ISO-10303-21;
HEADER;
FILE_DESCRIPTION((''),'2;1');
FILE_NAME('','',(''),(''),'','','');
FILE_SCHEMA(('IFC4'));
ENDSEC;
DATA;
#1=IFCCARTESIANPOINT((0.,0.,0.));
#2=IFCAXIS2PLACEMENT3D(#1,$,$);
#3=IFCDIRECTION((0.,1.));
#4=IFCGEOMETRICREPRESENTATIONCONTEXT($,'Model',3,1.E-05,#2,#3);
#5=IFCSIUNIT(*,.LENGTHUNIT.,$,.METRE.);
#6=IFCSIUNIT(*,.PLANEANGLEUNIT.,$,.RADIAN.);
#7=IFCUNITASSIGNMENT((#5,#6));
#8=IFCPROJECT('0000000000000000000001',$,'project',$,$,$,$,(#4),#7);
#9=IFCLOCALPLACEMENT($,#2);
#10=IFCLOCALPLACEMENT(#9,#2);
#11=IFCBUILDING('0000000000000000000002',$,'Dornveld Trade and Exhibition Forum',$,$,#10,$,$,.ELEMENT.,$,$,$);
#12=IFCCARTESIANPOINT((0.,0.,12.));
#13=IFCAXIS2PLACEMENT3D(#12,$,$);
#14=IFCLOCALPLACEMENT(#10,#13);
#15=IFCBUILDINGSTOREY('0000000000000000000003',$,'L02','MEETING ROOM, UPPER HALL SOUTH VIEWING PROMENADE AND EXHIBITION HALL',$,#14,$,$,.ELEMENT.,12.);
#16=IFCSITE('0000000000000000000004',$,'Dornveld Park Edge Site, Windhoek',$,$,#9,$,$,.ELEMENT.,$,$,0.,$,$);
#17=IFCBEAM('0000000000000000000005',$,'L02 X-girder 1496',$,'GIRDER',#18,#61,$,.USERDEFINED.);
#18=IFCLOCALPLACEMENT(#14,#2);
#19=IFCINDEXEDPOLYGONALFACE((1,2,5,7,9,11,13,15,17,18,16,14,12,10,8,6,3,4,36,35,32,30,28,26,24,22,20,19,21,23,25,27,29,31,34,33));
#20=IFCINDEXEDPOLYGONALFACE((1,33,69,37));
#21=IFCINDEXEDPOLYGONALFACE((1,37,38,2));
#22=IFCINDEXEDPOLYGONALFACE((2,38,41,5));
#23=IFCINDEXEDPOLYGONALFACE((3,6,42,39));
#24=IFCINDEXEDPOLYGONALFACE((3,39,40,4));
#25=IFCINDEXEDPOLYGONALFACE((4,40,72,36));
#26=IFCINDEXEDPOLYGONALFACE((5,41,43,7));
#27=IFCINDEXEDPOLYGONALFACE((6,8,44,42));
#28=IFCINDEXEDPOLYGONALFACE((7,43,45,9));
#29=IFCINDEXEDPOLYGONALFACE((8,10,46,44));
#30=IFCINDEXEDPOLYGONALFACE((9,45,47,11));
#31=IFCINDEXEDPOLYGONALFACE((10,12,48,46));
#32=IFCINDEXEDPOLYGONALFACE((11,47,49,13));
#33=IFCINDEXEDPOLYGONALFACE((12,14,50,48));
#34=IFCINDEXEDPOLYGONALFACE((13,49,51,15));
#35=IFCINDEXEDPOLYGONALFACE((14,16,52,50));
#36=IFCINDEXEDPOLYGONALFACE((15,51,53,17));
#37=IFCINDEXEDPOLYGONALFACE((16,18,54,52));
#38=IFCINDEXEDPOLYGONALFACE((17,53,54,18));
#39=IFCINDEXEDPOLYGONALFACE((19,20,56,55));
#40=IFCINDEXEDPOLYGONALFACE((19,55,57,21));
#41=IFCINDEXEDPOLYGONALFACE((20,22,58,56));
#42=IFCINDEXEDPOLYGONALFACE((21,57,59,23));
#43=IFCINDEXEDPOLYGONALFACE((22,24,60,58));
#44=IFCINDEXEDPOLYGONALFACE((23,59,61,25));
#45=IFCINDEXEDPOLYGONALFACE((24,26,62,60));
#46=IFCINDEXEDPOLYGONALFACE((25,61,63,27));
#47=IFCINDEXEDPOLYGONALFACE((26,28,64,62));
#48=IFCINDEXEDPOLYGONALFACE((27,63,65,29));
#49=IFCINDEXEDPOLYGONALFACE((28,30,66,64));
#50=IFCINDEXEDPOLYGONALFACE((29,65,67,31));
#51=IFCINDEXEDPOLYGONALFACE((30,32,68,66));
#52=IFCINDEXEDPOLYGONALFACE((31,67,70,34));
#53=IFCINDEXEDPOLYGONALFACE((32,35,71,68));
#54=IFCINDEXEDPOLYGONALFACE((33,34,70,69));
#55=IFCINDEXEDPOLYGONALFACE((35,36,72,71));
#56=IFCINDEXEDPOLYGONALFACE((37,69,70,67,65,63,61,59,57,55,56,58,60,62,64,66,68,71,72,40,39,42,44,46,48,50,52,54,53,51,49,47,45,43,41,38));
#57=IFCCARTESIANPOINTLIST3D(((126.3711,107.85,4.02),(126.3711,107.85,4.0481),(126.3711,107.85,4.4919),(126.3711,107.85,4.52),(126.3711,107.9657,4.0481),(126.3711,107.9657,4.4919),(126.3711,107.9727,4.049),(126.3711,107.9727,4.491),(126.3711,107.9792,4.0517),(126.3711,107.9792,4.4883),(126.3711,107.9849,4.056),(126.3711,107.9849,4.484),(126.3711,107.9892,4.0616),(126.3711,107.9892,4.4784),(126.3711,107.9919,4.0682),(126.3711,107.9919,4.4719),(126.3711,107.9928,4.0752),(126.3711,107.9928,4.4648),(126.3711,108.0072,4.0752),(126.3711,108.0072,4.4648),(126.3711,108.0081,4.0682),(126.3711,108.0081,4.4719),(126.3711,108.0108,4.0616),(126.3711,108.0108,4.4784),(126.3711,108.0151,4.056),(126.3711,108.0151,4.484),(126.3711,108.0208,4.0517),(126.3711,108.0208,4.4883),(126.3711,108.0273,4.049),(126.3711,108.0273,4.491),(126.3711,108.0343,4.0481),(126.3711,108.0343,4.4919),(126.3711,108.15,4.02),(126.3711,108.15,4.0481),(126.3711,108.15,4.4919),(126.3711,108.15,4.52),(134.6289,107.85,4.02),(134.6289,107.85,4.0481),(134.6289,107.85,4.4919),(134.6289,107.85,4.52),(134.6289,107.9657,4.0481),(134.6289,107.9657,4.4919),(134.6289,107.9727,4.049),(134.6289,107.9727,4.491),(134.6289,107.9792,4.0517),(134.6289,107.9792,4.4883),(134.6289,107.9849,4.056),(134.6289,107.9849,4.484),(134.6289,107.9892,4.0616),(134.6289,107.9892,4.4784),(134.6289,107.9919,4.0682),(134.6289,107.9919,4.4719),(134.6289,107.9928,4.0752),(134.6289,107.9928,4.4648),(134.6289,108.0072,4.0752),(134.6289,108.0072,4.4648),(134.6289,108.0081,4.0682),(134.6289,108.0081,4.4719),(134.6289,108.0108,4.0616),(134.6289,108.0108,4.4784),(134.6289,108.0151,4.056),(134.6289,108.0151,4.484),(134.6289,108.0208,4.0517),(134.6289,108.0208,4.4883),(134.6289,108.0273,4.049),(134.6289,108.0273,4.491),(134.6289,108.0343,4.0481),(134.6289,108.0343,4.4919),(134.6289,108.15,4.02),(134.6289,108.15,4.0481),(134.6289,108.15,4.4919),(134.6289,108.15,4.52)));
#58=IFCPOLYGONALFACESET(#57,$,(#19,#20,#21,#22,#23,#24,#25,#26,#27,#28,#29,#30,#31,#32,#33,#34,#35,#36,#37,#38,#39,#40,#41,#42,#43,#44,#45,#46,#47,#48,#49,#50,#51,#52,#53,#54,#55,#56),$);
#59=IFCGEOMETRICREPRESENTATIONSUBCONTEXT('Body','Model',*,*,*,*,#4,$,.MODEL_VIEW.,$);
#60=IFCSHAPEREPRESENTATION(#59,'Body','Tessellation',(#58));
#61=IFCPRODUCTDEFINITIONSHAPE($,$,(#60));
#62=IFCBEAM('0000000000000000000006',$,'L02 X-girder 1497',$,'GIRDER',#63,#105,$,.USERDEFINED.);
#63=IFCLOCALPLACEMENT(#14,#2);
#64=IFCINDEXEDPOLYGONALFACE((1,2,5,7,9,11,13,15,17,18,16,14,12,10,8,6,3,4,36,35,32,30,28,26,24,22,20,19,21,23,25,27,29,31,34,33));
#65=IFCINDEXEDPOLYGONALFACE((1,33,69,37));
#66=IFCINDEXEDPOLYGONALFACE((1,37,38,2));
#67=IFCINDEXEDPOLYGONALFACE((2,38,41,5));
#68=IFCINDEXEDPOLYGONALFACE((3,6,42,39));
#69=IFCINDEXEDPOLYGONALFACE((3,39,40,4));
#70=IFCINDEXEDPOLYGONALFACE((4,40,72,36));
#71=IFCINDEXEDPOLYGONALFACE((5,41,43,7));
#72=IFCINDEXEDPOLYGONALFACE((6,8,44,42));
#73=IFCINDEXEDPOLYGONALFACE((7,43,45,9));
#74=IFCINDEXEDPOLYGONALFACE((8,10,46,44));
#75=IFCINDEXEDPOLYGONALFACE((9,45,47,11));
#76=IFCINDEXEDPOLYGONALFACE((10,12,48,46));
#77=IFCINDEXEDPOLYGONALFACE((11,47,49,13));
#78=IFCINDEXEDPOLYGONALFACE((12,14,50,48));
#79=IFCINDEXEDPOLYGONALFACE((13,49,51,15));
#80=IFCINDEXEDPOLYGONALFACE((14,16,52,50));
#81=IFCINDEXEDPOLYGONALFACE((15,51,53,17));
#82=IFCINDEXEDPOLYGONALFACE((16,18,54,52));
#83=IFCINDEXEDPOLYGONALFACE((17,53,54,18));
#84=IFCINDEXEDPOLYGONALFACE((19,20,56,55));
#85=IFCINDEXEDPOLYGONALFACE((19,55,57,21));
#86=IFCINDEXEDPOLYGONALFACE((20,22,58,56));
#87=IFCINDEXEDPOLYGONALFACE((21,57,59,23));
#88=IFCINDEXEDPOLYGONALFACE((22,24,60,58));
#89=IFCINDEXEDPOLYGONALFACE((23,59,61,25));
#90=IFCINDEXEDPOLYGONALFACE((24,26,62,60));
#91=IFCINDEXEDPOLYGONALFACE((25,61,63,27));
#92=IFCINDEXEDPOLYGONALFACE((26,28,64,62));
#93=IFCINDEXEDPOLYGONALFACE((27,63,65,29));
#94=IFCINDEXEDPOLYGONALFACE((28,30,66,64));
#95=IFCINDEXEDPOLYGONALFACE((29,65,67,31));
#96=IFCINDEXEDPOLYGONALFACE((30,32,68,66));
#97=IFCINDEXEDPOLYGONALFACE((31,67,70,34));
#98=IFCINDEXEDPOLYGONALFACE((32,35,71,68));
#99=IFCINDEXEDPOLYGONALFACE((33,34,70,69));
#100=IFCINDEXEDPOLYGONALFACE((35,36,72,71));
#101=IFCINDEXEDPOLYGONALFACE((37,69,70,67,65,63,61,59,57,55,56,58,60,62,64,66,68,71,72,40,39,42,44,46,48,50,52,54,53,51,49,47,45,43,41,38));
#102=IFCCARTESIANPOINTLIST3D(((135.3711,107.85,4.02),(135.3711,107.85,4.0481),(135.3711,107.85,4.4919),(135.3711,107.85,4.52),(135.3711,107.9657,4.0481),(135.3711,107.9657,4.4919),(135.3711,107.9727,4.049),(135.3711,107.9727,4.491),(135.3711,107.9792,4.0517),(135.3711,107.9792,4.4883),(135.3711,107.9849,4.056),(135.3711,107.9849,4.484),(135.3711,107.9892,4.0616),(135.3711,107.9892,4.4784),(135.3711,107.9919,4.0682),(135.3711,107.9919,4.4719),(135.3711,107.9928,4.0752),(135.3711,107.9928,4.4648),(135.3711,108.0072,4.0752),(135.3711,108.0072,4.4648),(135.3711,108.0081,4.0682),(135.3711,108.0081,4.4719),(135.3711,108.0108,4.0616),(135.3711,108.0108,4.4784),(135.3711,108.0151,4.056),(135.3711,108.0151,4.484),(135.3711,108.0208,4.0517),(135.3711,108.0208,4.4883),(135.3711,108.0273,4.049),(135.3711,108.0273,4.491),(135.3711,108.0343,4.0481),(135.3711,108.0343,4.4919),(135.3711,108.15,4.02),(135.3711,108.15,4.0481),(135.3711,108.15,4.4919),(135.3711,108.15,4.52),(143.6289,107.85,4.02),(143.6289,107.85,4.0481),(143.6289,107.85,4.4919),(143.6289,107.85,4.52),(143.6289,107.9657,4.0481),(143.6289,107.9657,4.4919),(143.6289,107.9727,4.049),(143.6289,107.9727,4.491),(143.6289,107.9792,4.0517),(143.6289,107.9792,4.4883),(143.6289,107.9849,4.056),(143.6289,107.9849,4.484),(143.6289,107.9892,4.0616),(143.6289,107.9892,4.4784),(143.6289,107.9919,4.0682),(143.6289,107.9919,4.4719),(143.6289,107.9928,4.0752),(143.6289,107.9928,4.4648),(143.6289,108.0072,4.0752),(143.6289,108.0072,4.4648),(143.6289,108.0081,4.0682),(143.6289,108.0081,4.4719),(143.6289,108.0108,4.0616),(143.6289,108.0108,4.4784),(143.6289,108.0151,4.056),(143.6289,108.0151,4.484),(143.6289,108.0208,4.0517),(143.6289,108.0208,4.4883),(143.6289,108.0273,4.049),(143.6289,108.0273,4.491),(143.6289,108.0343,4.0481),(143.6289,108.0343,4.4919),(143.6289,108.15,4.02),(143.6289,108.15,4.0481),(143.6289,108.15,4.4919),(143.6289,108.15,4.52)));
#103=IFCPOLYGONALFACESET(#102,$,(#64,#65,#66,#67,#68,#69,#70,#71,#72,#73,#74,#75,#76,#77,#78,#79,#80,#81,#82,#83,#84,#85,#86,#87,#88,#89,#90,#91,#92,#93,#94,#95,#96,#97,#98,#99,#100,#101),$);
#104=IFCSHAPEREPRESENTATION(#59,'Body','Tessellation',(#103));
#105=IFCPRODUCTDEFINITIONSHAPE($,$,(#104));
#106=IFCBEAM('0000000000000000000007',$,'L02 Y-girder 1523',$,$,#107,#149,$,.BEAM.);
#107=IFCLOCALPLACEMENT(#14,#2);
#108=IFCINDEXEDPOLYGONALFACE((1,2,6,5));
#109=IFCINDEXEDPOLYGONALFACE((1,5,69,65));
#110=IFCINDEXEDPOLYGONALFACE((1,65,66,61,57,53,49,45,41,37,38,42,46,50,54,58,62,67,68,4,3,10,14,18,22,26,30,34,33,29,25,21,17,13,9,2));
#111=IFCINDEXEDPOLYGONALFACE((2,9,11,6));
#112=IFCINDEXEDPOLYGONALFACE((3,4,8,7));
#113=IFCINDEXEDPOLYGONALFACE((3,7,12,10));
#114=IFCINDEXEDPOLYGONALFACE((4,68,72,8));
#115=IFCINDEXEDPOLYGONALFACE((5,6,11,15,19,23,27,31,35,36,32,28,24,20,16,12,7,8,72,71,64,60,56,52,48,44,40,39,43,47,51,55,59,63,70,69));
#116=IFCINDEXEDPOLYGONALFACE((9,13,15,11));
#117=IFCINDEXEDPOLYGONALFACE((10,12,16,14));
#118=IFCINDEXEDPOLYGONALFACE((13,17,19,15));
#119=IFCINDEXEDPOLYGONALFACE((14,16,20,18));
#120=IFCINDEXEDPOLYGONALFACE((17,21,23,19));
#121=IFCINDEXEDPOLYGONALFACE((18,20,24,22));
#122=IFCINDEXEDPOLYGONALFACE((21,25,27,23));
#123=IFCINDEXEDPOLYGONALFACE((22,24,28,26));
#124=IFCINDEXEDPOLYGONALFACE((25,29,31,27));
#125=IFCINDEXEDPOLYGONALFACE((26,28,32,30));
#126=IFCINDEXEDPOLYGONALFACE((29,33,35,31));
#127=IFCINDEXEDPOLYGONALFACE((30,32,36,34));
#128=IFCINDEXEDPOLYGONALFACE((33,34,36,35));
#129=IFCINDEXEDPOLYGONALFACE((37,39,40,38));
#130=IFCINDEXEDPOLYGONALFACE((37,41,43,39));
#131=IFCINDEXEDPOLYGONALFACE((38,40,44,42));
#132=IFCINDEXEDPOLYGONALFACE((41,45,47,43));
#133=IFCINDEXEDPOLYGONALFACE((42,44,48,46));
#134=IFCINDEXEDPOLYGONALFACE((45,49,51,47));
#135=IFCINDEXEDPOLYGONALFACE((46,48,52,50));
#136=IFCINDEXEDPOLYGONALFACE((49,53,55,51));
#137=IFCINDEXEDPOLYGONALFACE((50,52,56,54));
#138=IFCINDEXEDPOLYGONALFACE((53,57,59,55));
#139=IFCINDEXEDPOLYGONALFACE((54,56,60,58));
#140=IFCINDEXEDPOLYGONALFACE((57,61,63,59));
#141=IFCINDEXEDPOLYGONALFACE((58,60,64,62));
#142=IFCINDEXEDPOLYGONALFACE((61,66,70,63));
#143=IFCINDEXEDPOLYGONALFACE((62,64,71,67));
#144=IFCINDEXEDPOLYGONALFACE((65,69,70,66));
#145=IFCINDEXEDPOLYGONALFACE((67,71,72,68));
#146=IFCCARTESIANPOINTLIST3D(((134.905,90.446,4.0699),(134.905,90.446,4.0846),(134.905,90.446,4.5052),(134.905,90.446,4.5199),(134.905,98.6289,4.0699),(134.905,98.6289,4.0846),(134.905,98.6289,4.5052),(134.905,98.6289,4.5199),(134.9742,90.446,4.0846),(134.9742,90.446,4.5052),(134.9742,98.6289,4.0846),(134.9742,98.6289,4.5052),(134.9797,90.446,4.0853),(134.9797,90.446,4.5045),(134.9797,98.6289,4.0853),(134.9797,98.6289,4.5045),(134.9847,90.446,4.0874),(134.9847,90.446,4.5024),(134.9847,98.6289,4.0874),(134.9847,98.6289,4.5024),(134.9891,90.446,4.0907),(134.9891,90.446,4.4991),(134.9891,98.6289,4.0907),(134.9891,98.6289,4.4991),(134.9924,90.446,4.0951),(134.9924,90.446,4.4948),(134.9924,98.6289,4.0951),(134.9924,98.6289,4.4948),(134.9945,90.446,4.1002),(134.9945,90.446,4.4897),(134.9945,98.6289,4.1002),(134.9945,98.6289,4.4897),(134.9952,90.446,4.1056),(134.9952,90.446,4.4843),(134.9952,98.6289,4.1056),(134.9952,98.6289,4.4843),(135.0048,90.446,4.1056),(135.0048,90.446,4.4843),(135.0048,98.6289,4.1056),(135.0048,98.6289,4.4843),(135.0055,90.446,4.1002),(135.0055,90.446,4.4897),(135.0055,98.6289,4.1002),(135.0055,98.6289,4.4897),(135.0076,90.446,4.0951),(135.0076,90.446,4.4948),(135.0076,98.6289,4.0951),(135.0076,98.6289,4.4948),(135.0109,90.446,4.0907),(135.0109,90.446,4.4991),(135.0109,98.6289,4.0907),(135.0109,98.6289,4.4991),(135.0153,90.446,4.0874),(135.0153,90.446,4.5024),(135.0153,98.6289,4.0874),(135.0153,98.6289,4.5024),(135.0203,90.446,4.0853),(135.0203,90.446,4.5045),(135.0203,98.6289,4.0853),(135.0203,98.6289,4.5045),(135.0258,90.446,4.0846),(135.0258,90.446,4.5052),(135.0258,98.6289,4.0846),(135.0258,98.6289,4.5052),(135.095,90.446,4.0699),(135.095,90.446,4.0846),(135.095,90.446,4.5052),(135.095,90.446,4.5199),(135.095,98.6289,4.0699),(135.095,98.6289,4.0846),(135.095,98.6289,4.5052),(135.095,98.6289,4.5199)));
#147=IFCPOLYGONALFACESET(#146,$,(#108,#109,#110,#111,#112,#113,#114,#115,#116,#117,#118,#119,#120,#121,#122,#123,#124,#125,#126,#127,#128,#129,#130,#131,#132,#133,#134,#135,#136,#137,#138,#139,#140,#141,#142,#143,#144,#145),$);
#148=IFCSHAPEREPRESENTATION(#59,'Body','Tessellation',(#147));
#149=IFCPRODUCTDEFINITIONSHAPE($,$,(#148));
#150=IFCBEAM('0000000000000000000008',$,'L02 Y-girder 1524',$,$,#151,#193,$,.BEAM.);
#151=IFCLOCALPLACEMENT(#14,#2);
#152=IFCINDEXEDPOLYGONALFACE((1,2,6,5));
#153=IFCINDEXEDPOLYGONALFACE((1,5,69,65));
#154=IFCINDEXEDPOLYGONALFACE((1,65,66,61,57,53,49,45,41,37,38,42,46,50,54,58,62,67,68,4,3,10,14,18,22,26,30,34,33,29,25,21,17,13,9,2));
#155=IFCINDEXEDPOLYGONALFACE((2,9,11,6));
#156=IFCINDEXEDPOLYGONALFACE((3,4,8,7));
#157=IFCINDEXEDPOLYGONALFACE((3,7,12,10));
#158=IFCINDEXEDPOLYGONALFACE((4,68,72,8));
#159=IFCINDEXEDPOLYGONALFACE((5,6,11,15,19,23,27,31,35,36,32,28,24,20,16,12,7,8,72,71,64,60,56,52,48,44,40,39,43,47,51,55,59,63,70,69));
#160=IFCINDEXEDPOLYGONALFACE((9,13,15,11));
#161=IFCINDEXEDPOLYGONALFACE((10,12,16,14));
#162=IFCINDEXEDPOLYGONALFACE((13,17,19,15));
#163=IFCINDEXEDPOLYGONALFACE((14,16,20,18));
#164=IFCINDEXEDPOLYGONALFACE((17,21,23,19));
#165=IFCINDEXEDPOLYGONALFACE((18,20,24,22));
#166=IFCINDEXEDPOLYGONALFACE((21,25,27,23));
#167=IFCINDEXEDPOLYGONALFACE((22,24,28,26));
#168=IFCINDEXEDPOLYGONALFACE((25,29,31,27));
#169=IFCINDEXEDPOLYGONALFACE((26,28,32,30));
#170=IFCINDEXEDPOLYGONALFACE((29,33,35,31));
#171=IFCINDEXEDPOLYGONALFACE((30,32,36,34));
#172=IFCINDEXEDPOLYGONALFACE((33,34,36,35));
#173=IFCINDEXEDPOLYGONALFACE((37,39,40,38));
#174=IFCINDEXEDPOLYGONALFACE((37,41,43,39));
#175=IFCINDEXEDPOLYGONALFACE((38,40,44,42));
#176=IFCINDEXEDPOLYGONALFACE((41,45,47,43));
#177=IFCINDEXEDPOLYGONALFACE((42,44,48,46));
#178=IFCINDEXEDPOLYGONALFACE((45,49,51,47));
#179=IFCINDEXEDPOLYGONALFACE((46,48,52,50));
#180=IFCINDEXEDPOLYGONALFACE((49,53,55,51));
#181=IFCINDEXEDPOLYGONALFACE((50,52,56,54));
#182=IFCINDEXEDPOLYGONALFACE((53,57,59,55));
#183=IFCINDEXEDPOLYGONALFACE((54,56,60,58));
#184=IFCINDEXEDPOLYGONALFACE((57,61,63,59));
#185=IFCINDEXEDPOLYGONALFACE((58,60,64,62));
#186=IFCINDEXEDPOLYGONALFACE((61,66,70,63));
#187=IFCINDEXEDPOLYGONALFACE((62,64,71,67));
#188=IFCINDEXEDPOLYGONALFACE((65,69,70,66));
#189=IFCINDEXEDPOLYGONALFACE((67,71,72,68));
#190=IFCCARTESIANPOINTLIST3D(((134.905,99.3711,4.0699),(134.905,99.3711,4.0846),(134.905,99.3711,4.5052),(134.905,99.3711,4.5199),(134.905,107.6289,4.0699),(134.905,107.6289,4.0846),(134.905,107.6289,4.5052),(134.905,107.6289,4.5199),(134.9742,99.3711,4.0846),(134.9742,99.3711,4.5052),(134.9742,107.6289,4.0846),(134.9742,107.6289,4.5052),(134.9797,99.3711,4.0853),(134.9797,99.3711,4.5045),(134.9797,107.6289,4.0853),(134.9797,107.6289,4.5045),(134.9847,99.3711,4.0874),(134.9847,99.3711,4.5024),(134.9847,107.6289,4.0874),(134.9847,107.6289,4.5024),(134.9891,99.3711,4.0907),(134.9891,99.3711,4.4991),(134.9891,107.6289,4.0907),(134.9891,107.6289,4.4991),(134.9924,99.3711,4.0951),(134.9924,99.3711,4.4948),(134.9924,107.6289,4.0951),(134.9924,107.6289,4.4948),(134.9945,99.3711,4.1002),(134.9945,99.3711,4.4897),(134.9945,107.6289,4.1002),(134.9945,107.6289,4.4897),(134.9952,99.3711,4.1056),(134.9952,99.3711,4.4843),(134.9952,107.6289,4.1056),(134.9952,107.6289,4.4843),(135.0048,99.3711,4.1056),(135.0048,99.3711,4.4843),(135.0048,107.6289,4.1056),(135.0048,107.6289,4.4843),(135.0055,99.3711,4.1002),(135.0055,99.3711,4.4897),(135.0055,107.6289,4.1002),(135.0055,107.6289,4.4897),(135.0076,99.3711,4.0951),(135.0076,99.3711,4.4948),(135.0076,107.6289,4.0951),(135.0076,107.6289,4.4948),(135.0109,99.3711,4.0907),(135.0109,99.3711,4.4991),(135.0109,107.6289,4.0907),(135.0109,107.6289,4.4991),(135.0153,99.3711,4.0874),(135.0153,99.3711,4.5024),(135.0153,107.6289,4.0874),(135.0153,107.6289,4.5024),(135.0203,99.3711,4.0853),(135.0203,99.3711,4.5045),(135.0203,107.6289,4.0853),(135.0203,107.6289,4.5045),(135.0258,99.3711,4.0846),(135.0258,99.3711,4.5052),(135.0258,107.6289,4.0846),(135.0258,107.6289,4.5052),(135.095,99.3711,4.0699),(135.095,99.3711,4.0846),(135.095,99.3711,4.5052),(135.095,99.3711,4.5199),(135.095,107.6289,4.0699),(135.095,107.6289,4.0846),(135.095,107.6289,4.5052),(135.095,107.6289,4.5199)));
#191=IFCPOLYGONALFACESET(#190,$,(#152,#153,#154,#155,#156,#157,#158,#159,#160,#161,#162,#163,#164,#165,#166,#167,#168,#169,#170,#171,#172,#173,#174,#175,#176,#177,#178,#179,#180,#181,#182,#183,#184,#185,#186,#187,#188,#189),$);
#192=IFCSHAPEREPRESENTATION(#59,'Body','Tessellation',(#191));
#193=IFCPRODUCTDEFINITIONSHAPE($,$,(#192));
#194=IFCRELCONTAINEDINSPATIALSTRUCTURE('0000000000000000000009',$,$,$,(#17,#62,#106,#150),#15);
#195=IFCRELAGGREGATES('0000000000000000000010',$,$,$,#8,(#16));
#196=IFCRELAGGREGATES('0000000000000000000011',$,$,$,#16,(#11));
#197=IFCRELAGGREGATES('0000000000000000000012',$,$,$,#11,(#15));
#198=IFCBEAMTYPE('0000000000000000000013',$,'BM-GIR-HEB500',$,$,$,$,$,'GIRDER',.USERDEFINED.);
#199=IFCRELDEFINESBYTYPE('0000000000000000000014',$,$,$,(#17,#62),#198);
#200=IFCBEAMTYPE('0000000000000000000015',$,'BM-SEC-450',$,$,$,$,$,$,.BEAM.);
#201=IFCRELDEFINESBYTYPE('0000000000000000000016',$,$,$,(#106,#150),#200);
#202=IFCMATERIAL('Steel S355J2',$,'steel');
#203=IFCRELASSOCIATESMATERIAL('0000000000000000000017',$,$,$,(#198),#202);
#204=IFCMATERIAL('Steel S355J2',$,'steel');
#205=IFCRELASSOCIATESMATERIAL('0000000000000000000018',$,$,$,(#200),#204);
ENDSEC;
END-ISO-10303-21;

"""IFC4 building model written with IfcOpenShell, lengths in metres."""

from ifc_helpers import new_model, si_unit, direction, frame, origin, origin_2d, place, context, subcontext, project, spatial, i_section, extrude, material, material_profile, profile_set, type_object, element, save


model = new_model("IFC4")

# Units and contexts
model_context = context("Model", 3, precision=1e-05, world=origin(), true_north=direction((0.0, 1.0)))
body_context = subcontext(model_context, "Body", "Model", "MODEL_VIEW")
ifc_project = project(units=[si_unit("LENGTHUNIT", "METRE"), si_unit("PLANEANGLEUNIT", "RADIAN")], contexts=[model_context])

# Site, building, storey
site_placement = place(None, origin())
site = spatial("IfcSite", under=ifc_project, at=site_placement, Name="Dornveld Park Edge Site, Windhoek", CompositionType="ELEMENT", RefElevation=0.0)
building_placement = place(site_placement, origin())
building = spatial("IfcBuilding", under=site, at=building_placement, Name="Dornveld Trade and Exhibition Forum", CompositionType="ELEMENT")
storey_placement = place(building_placement, frame((0.0, 0.0, 12.0)))
storey = spatial("IfcBuildingStorey", under=building, at=storey_placement, Name="L02", Description="MEETING ROOM, UPPER HALL SOUTH VIEWING PROMENADE AND EXHIBITION HALL", CompositionType="ELEMENT", Elevation=12.0)

# Beams
ifc_material_1 = material(Name="Steel S355J2", Category="steel")
ifc_material_profile_1 = material_profile(ifc_material_1, i_section(OverallWidth=0.3, OverallDepth=0.5, WebThickness=0.0144, FlangeThickness=0.0281, FilletRadius=0.0271, at=origin_2d()), Name="HEB 500")
ifc_profile_set_1 = profile_set([ifc_material_profile_1], Name="Steel S355J2")
beam_type_1 = type_object("IfcBeamType", Name="BM-GIR-HEB500", ElementType="GIRDER", PredefinedType="USERDEFINED", material=ifc_profile_set_1)
for number, where, z_axis, x_axis, name in (
    (1, (126.3711, 108.0, 4.27), (1.0, 0.0, 0.0), (0.0, 1.0, 0.0), "L02 X-girder 1496"),
    (2, (135.3711, 108.0, 4.27), (1.0, 0.0, 0.0), (0.0, 1.0, 0.0), "L02 X-girder 1497"),
):
    element("IfcBeam", number, at=place(storey_placement, frame(where, z_axis=z_axis, x_axis=x_axis)), inside=storey, type_object=beam_type_1, Name=name, ObjectType="GIRDER", PredefinedType="USERDEFINED", context=body_context, shape_type="SweptSolid", body=[
        extrude(i_section(OverallWidth=0.3, OverallDepth=0.5, WebThickness=0.0144, FlangeThickness=0.0281, FilletRadius=0.0271, at=origin_2d()), origin(), (0.0, 0.0, 1.0), 8.2578),
    ])
ifc_material_2 = material(Name="Steel S355J2", Category="steel")
ifc_material_profile_2 = material_profile(ifc_material_2, i_section(OverallWidth=0.1899, OverallDepth=0.45, WebThickness=0.0095, FlangeThickness=0.0146, FilletRadius=0.021, at=origin_2d()), Name="IPE 450")
ifc_profile_set_2 = profile_set([ifc_material_profile_2], Name="Steel S355J2")
beam_type_2 = type_object("IfcBeamType", Name="BM-SEC-450", PredefinedType="BEAM", material=ifc_profile_set_2)
beam_1_placement = place(storey_placement, frame((135.0, 90.446, 4.2949), z_axis=(0.0, 1.0, 0.0), x_axis=(-1.0, 0.0, 0.0)))
element("IfcBeam", 3, at=beam_1_placement, inside=storey, type_object=beam_type_2, Name="L02 Y-girder 1523", PredefinedType="BEAM", context=body_context, shape_type="SweptSolid", body=[
    extrude(i_section(OverallWidth=0.1899, OverallDepth=0.45, WebThickness=0.0095, FlangeThickness=0.0146, FilletRadius=0.021, at=origin_2d()), origin(), (0.0, 0.0, 1.0), 8.1829),
])
beam_2_placement = place(storey_placement, frame((135.0, 99.3711, 4.2949), z_axis=(0.0, 1.0, 0.0), x_axis=(-1.0, 0.0, 0.0)))
element("IfcBeam", 4, at=beam_2_placement, inside=storey, type_object=beam_type_2, Name="L02 Y-girder 1524", PredefinedType="BEAM", context=body_context, shape_type="SweptSolid", body=[
    extrude(i_section(OverallWidth=0.1899, OverallDepth=0.45, WebThickness=0.0095, FlangeThickness=0.0146, FilletRadius=0.021, at=origin_2d()), origin(), (0.0, 0.0, 1.0), 8.2578),
])

save(model, "model.ifc")
